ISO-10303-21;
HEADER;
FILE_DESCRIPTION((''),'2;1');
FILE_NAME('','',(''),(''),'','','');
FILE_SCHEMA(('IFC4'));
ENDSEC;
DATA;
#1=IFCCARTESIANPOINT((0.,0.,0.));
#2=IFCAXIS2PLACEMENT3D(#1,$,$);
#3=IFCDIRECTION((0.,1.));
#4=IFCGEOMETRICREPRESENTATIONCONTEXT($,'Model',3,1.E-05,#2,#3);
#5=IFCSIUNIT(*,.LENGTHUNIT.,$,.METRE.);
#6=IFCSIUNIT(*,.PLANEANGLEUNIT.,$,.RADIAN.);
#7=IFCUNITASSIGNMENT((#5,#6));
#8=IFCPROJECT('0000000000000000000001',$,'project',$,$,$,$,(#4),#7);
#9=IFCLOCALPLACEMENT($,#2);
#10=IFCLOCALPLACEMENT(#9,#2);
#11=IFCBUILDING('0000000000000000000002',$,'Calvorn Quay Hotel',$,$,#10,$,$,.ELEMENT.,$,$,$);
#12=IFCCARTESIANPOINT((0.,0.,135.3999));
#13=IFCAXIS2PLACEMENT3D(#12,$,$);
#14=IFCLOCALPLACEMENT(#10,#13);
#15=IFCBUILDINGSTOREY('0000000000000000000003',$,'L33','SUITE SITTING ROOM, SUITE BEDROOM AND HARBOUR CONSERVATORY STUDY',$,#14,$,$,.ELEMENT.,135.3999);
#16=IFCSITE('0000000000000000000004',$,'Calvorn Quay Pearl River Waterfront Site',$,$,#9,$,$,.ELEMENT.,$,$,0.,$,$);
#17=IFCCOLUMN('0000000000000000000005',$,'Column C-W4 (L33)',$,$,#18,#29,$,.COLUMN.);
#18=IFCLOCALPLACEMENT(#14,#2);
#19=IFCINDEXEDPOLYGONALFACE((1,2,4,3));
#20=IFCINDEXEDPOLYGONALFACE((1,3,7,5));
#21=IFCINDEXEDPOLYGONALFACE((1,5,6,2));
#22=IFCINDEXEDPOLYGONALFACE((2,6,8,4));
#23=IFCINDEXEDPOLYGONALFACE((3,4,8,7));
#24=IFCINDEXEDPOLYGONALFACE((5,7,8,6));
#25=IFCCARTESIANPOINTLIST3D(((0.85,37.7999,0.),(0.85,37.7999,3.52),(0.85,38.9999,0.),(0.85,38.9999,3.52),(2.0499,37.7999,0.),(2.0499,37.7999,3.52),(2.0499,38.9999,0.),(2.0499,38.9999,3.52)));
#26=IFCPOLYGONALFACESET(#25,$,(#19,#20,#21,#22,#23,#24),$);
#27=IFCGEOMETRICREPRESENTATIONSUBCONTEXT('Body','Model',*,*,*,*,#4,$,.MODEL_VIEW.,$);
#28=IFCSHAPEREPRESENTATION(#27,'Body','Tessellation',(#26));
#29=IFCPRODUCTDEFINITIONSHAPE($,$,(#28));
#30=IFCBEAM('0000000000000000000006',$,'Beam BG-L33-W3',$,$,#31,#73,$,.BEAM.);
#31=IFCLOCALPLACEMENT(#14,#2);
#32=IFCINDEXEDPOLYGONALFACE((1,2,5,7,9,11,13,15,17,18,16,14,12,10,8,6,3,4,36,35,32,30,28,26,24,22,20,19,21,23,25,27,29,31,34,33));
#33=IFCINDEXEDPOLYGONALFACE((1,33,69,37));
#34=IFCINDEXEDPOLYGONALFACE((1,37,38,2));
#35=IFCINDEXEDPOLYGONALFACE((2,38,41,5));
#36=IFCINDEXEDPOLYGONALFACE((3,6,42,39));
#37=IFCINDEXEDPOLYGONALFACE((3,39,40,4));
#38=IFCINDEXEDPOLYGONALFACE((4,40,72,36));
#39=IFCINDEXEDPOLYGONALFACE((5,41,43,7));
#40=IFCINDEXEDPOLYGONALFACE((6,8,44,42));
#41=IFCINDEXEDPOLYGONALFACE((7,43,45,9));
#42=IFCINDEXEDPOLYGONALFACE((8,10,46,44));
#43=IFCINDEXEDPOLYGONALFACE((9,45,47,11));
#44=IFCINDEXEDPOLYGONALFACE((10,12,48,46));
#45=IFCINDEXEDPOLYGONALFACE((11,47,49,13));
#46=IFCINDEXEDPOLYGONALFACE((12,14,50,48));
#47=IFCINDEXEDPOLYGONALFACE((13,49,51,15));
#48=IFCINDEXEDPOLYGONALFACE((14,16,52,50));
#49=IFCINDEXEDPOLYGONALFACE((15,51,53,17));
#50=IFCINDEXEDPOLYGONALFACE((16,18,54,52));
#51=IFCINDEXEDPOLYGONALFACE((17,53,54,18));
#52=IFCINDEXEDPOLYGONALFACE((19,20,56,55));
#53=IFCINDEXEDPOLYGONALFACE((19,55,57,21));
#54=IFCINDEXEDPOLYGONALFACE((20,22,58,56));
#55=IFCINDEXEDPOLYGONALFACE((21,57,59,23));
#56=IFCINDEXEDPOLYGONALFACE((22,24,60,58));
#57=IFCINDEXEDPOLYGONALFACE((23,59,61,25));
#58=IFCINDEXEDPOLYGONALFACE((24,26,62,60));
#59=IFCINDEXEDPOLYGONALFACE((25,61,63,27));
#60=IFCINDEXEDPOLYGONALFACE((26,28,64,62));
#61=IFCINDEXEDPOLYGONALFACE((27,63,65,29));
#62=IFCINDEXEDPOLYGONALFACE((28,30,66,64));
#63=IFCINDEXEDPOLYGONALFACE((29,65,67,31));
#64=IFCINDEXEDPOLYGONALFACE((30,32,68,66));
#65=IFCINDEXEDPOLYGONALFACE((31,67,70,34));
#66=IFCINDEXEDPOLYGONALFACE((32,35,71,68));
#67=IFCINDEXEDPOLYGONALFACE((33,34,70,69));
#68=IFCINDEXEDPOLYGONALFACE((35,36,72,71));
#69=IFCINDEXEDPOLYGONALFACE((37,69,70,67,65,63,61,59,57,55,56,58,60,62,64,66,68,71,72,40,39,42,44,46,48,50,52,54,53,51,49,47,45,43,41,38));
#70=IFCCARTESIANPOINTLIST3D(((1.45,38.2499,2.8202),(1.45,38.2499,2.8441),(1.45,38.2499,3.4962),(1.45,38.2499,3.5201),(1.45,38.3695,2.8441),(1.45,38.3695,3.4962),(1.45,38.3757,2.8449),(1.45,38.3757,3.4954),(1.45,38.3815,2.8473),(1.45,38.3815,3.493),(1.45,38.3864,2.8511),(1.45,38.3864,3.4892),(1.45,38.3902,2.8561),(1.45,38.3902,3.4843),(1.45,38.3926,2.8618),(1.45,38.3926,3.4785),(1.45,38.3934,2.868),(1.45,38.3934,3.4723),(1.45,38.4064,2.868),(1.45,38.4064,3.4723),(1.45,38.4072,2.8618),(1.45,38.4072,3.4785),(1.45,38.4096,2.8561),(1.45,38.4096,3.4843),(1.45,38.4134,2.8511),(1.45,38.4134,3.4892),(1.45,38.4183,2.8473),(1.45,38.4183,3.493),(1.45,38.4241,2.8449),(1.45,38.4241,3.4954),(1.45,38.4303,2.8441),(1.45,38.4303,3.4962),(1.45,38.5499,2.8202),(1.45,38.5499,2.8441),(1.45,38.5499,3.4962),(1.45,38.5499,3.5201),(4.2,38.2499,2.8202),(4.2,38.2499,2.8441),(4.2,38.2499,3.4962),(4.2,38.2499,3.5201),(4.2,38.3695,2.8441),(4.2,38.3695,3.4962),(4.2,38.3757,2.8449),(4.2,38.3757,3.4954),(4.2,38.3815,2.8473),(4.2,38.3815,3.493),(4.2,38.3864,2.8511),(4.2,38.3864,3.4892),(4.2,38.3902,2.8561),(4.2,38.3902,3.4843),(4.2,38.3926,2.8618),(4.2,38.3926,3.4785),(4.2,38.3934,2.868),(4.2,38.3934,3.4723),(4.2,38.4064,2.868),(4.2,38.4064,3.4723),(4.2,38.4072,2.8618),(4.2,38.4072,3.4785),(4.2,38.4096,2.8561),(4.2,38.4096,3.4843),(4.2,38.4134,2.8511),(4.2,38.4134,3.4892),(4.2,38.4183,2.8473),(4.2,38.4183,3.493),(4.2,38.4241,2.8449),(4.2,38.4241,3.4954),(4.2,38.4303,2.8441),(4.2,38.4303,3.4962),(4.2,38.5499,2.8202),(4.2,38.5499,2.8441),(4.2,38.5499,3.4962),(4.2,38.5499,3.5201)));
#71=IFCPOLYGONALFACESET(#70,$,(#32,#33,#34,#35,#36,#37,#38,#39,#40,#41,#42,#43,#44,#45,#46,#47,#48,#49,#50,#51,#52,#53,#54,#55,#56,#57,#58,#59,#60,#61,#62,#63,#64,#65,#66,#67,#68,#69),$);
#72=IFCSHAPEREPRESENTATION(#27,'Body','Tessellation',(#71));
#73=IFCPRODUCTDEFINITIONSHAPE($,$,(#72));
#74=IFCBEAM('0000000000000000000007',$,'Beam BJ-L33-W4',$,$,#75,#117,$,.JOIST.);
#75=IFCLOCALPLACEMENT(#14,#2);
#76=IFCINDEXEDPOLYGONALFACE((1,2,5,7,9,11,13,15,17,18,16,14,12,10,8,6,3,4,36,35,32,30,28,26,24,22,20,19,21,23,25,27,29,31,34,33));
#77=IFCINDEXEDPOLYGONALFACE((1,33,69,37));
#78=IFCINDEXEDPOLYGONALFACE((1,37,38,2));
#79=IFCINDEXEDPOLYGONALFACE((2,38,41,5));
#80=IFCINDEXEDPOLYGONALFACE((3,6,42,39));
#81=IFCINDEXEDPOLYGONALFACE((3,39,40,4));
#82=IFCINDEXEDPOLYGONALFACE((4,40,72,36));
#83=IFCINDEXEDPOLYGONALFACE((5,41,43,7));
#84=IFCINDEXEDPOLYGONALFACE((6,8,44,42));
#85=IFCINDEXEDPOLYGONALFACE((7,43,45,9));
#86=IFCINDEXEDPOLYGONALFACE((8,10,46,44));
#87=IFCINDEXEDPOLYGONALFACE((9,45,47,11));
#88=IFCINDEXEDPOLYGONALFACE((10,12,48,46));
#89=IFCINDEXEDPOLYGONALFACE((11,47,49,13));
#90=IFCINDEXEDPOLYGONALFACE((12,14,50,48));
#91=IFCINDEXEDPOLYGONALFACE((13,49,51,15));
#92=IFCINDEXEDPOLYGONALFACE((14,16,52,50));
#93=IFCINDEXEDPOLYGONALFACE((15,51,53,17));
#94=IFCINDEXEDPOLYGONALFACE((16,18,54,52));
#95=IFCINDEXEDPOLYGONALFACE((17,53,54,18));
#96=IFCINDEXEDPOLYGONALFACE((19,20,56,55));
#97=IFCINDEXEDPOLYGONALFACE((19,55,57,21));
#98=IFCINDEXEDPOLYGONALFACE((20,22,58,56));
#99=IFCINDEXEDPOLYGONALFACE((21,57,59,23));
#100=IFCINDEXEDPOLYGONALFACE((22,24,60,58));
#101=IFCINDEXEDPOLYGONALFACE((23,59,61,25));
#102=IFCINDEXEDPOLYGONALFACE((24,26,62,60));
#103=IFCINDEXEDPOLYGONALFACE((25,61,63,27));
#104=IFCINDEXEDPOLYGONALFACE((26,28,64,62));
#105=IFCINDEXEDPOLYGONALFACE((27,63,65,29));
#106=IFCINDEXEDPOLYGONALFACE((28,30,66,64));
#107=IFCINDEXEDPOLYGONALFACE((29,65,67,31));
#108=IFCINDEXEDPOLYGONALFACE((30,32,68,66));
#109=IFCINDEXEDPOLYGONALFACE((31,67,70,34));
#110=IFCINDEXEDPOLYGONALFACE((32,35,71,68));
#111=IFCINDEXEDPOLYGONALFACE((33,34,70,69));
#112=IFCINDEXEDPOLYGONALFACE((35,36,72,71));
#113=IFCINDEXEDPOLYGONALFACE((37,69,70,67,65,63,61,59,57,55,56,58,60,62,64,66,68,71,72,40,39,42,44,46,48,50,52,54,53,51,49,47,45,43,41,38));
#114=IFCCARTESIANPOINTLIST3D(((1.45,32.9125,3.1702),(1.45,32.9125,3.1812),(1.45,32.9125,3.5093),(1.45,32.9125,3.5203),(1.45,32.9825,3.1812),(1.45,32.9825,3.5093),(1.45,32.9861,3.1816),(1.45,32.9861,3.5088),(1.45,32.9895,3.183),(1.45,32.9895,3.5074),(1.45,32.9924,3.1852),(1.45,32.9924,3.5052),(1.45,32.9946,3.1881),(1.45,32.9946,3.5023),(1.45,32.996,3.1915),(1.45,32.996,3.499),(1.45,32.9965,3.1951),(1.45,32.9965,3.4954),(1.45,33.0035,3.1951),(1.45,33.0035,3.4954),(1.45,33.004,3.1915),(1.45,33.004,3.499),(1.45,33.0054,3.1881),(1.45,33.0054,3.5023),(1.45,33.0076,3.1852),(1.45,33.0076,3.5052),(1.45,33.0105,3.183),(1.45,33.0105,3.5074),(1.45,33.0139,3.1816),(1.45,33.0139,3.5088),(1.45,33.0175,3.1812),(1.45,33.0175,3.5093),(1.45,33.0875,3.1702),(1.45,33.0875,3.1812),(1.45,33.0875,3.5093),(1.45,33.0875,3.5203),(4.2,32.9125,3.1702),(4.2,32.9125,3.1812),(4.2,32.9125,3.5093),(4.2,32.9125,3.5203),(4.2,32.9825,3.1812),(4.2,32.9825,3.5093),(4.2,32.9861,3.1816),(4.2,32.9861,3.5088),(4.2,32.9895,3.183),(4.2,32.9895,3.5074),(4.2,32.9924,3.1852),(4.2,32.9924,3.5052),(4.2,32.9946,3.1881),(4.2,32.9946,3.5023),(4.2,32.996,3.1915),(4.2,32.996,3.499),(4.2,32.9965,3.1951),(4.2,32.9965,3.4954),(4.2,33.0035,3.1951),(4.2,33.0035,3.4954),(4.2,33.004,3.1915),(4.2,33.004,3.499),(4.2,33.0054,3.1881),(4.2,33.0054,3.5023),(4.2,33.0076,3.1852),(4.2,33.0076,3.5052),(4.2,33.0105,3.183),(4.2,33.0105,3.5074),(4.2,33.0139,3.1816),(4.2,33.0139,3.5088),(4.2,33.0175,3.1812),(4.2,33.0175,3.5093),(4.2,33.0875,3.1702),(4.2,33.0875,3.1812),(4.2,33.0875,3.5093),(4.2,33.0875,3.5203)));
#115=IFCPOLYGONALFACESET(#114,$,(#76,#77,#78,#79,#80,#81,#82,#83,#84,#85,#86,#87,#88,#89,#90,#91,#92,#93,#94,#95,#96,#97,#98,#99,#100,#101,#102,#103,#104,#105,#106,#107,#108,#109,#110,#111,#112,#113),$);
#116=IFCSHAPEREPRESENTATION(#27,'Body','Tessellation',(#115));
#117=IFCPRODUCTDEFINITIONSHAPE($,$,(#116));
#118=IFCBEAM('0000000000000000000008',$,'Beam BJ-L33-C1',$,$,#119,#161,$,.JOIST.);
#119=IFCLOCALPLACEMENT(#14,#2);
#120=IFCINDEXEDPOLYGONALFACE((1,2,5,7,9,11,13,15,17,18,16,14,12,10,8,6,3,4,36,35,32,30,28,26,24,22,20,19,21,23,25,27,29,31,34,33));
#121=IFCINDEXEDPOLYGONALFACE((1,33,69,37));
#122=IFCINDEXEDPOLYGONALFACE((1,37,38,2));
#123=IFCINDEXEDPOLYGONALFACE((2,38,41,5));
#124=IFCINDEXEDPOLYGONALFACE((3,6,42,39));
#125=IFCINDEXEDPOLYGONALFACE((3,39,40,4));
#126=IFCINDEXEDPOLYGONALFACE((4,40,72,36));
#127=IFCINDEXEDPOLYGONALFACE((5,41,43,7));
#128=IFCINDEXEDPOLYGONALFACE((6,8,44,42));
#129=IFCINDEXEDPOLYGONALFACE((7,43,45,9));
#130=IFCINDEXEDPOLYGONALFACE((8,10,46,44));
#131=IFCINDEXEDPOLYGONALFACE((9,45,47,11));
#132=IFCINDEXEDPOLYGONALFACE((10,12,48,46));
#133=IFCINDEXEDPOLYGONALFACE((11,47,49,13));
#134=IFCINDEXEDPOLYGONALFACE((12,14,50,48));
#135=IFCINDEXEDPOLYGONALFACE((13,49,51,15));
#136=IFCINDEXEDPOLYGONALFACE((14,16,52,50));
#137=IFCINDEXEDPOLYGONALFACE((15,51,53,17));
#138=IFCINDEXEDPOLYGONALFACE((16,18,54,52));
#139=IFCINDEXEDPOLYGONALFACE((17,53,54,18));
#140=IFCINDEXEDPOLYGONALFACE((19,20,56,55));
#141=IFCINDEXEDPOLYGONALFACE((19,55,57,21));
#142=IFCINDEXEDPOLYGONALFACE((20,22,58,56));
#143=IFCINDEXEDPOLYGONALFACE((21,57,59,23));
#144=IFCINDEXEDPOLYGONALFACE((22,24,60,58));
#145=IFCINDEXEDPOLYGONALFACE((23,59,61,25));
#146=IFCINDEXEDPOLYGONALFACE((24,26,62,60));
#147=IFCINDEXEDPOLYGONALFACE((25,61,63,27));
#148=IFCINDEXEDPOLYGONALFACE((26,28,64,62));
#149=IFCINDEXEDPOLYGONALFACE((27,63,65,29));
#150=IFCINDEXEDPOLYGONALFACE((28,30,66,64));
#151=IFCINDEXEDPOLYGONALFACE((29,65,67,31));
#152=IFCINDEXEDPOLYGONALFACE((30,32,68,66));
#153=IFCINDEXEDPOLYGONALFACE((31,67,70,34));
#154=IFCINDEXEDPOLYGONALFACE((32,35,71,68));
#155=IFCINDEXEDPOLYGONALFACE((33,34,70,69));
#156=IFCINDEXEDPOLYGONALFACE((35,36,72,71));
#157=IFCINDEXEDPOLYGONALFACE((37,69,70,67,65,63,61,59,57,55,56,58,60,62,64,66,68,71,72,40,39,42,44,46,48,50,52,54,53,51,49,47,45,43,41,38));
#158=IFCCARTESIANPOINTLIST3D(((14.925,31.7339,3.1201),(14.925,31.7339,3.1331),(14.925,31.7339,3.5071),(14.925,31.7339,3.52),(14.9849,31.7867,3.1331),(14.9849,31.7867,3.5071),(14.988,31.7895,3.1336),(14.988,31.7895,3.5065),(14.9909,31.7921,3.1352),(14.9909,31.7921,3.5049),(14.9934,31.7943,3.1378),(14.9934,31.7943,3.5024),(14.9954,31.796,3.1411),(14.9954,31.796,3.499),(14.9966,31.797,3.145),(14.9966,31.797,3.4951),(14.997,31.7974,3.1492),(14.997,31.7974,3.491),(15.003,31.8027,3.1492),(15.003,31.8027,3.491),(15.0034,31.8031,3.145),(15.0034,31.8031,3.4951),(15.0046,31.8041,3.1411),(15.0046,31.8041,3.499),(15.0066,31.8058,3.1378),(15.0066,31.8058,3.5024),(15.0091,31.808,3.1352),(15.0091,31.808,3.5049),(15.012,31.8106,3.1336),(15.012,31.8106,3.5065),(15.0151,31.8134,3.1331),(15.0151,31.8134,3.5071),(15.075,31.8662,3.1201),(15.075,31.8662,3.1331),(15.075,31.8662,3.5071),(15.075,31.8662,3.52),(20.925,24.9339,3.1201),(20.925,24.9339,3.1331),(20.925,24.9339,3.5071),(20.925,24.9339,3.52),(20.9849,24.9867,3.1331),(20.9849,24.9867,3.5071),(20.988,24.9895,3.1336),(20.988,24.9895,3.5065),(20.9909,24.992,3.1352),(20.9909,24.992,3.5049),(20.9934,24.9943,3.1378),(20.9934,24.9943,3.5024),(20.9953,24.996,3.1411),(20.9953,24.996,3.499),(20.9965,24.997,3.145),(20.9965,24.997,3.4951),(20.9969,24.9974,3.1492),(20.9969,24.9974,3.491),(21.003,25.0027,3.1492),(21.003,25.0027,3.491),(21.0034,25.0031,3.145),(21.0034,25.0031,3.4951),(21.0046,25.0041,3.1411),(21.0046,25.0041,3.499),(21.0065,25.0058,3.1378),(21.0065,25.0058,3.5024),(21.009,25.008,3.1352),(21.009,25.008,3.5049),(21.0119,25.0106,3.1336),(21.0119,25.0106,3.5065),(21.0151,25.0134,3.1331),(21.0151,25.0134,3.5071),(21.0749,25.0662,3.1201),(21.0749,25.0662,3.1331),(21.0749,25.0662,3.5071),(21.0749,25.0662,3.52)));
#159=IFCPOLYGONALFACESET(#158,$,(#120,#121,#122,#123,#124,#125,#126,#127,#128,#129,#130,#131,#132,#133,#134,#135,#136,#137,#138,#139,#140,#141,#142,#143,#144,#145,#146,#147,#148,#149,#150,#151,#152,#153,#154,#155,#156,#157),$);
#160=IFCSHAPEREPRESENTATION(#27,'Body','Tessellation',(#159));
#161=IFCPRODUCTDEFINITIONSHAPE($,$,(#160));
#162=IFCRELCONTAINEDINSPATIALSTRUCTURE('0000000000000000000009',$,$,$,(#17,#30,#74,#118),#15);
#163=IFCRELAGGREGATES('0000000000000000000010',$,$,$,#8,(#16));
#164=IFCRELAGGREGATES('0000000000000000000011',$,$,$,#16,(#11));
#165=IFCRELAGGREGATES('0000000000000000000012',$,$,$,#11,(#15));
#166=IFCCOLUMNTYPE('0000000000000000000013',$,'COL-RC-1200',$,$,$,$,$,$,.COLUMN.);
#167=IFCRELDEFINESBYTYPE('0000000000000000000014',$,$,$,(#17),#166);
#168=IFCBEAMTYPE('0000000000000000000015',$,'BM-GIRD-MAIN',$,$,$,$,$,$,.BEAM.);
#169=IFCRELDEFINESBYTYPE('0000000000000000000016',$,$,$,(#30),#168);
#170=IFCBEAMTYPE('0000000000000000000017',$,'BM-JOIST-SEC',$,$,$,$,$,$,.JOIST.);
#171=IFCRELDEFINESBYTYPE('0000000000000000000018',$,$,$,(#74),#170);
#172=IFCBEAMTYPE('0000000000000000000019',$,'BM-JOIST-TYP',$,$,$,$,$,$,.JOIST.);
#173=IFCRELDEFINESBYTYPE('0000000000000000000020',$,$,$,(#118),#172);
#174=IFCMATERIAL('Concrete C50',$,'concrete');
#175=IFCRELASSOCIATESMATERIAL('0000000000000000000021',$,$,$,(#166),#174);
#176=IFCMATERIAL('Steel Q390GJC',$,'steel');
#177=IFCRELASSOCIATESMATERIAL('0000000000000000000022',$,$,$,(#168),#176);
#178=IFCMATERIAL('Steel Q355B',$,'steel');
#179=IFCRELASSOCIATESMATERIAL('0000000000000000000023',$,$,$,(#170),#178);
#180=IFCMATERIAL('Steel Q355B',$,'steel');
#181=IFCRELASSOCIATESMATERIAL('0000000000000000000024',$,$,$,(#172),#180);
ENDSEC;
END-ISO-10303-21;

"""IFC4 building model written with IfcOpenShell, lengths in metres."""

from ifc_helpers import new_model, si_unit, direction, frame, origin, origin_2d, place, context, subcontext, project, spatial, rectangle, i_section, extrude, material, material_profile, profile_set, type_object, element, save


model = new_model("IFC4")

# Units and contexts
model_context = context("Model", 3, precision=1e-05, world=origin(), true_north=direction((0.0, 1.0)))
body_context = subcontext(model_context, "Body", "Model", "MODEL_VIEW")
ifc_project = project(units=[si_unit("LENGTHUNIT", "METRE"), si_unit("PLANEANGLEUNIT", "RADIAN")], contexts=[model_context])

# Site, building, storey
site_placement = place(None, origin())
site = spatial("IfcSite", under=ifc_project, at=site_placement, Name="Calvorn Quay Pearl River Waterfront Site", CompositionType="ELEMENT", RefElevation=0.0)
building_placement = place(site_placement, origin())
building = spatial("IfcBuilding", under=site, at=building_placement, Name="Calvorn Quay Hotel", CompositionType="ELEMENT")
storey_placement = place(building_placement, frame((0.0, 0.0, 135.3999)))
storey = spatial("IfcBuildingStorey", under=building, at=storey_placement, Name="L33", Description="SUITE SITTING ROOM, SUITE BEDROOM AND HARBOUR CONSERVATORY STUDY", CompositionType="ELEMENT", Elevation=135.3999)

# Column
ifc_material_1 = material(Name="Concrete C50", Category="concrete")
ifc_material_profile_1 = material_profile(ifc_material_1, rectangle(XDim=1.2, YDim=1.2, at=origin_2d()), Name="RC1200x1200")
ifc_profile_set_1 = profile_set([ifc_material_profile_1], Name="Concrete C50")
column_type = type_object("IfcColumnType", Name="COL-RC-1200", PredefinedType="COLUMN", material=ifc_profile_set_1)
column_placement = place(storey_placement, frame((1.45, 38.3999, 0.0), z_axis=(0.0, 0.0, 1.0), x_axis=(1.0, 0.0, 0.0)))
element("IfcColumn", 1, at=column_placement, inside=storey, type_object=column_type, Name="Column C-W4 (L33)", PredefinedType="COLUMN", context=body_context, shape_type="SweptSolid", body=[
    extrude(rectangle(XDim=1.2, YDim=1.2, at=origin_2d()), origin(), (0.0, 0.0, 1.0), 3.52),
])

# Beams
ifc_material_2 = material(Name="Steel Q390GJC", Category="steel")
ifc_material_profile_2 = material_profile(ifc_material_2, i_section(OverallWidth=0.3, OverallDepth=0.7, WebThickness=0.0129, FlangeThickness=0.0239, FilletRadius=0.0239, at=origin_2d()), Name="HN700x300x13x24")
ifc_profile_set_2 = profile_set([ifc_material_profile_2], Name="Steel Q390GJC")
beam_type_1 = type_object("IfcBeamType", Name="BM-GIRD-MAIN", PredefinedType="BEAM", material=ifc_profile_set_2)
beam_1_placement = place(storey_placement, frame((1.45, 38.3999, 3.1702), z_axis=(1.0, 0.0, 0.0), x_axis=(0.0, 1.0, 0.0)))
element("IfcBeam", 2, at=beam_1_placement, inside=storey, type_object=beam_type_1, Name="Beam BG-L33-W3", PredefinedType="BEAM", context=body_context, shape_type="SweptSolid", body=[
    extrude(i_section(OverallWidth=0.3, OverallDepth=0.7, WebThickness=0.0129, FlangeThickness=0.0239, FilletRadius=0.0239, at=origin_2d()), origin(), (0.0, 0.0, 1.0), 2.75),
])
ifc_material_3 = material(Name="Steel Q355B", Category="steel")
ifc_material_profile_3 = material_profile(ifc_material_3, i_section(OverallWidth=0.175, OverallDepth=0.3501, WebThickness=0.0071, FlangeThickness=0.011, FilletRadius=0.0139, at=origin_2d()), Name="HN350x175x7x11")
ifc_profile_set_3 = profile_set([ifc_material_profile_3], Name="Steel Q355B")
beam_type_2 = type_object("IfcBeamType", Name="BM-JOIST-SEC", PredefinedType="JOIST", material=ifc_profile_set_3)
beam_2_placement = place(storey_placement, frame((1.45, 33.0, 3.3452), z_axis=(1.0, 0.0, 0.0), x_axis=(0.0, 1.0, 0.0)))
element("IfcBeam", 3, at=beam_2_placement, inside=storey, type_object=beam_type_2, Name="Beam BJ-L33-W4", PredefinedType="JOIST", context=body_context, shape_type="SweptSolid", body=[
    extrude(i_section(OverallWidth=0.175, OverallDepth=0.3501, WebThickness=0.0071, FlangeThickness=0.011, FilletRadius=0.0139, at=origin_2d()), origin(), (0.0, 0.0, 1.0), 2.75),
])
ifc_material_4 = material(Name="Steel Q355B", Category="steel")
ifc_material_profile_4 = material_profile(ifc_material_4, i_section(OverallWidth=0.2, OverallDepth=0.3999, WebThickness=0.0081, FlangeThickness=0.0129, FilletRadius=0.0161, at=origin_2d()), Name="HN400x200x8x13")
ifc_profile_set_4 = profile_set([ifc_material_profile_4], Name="Steel Q355B")
beam_type_3 = type_object("IfcBeamType", Name="BM-JOIST-TYP", PredefinedType="JOIST", material=ifc_profile_set_4)
beam_3_placement = place(storey_placement, frame((15.0, 31.8, 3.3201), z_axis=(0.661619, -0.74984, 0.0), x_axis=(0.74984, 0.661619, 0.0)))
element("IfcBeam", 4, at=beam_3_placement, inside=storey, type_object=beam_type_3, Name="Beam BJ-L33-C1", PredefinedType="JOIST", context=body_context, shape_type="SweptSolid", body=[
    extrude(i_section(OverallWidth=0.2, OverallDepth=0.3999, WebThickness=0.0081, FlangeThickness=0.0129, FilletRadius=0.0161, at=origin_2d()), origin(), (0.0, 0.0, 1.0), 9.0686),
])

save(model, "model.ifc")
